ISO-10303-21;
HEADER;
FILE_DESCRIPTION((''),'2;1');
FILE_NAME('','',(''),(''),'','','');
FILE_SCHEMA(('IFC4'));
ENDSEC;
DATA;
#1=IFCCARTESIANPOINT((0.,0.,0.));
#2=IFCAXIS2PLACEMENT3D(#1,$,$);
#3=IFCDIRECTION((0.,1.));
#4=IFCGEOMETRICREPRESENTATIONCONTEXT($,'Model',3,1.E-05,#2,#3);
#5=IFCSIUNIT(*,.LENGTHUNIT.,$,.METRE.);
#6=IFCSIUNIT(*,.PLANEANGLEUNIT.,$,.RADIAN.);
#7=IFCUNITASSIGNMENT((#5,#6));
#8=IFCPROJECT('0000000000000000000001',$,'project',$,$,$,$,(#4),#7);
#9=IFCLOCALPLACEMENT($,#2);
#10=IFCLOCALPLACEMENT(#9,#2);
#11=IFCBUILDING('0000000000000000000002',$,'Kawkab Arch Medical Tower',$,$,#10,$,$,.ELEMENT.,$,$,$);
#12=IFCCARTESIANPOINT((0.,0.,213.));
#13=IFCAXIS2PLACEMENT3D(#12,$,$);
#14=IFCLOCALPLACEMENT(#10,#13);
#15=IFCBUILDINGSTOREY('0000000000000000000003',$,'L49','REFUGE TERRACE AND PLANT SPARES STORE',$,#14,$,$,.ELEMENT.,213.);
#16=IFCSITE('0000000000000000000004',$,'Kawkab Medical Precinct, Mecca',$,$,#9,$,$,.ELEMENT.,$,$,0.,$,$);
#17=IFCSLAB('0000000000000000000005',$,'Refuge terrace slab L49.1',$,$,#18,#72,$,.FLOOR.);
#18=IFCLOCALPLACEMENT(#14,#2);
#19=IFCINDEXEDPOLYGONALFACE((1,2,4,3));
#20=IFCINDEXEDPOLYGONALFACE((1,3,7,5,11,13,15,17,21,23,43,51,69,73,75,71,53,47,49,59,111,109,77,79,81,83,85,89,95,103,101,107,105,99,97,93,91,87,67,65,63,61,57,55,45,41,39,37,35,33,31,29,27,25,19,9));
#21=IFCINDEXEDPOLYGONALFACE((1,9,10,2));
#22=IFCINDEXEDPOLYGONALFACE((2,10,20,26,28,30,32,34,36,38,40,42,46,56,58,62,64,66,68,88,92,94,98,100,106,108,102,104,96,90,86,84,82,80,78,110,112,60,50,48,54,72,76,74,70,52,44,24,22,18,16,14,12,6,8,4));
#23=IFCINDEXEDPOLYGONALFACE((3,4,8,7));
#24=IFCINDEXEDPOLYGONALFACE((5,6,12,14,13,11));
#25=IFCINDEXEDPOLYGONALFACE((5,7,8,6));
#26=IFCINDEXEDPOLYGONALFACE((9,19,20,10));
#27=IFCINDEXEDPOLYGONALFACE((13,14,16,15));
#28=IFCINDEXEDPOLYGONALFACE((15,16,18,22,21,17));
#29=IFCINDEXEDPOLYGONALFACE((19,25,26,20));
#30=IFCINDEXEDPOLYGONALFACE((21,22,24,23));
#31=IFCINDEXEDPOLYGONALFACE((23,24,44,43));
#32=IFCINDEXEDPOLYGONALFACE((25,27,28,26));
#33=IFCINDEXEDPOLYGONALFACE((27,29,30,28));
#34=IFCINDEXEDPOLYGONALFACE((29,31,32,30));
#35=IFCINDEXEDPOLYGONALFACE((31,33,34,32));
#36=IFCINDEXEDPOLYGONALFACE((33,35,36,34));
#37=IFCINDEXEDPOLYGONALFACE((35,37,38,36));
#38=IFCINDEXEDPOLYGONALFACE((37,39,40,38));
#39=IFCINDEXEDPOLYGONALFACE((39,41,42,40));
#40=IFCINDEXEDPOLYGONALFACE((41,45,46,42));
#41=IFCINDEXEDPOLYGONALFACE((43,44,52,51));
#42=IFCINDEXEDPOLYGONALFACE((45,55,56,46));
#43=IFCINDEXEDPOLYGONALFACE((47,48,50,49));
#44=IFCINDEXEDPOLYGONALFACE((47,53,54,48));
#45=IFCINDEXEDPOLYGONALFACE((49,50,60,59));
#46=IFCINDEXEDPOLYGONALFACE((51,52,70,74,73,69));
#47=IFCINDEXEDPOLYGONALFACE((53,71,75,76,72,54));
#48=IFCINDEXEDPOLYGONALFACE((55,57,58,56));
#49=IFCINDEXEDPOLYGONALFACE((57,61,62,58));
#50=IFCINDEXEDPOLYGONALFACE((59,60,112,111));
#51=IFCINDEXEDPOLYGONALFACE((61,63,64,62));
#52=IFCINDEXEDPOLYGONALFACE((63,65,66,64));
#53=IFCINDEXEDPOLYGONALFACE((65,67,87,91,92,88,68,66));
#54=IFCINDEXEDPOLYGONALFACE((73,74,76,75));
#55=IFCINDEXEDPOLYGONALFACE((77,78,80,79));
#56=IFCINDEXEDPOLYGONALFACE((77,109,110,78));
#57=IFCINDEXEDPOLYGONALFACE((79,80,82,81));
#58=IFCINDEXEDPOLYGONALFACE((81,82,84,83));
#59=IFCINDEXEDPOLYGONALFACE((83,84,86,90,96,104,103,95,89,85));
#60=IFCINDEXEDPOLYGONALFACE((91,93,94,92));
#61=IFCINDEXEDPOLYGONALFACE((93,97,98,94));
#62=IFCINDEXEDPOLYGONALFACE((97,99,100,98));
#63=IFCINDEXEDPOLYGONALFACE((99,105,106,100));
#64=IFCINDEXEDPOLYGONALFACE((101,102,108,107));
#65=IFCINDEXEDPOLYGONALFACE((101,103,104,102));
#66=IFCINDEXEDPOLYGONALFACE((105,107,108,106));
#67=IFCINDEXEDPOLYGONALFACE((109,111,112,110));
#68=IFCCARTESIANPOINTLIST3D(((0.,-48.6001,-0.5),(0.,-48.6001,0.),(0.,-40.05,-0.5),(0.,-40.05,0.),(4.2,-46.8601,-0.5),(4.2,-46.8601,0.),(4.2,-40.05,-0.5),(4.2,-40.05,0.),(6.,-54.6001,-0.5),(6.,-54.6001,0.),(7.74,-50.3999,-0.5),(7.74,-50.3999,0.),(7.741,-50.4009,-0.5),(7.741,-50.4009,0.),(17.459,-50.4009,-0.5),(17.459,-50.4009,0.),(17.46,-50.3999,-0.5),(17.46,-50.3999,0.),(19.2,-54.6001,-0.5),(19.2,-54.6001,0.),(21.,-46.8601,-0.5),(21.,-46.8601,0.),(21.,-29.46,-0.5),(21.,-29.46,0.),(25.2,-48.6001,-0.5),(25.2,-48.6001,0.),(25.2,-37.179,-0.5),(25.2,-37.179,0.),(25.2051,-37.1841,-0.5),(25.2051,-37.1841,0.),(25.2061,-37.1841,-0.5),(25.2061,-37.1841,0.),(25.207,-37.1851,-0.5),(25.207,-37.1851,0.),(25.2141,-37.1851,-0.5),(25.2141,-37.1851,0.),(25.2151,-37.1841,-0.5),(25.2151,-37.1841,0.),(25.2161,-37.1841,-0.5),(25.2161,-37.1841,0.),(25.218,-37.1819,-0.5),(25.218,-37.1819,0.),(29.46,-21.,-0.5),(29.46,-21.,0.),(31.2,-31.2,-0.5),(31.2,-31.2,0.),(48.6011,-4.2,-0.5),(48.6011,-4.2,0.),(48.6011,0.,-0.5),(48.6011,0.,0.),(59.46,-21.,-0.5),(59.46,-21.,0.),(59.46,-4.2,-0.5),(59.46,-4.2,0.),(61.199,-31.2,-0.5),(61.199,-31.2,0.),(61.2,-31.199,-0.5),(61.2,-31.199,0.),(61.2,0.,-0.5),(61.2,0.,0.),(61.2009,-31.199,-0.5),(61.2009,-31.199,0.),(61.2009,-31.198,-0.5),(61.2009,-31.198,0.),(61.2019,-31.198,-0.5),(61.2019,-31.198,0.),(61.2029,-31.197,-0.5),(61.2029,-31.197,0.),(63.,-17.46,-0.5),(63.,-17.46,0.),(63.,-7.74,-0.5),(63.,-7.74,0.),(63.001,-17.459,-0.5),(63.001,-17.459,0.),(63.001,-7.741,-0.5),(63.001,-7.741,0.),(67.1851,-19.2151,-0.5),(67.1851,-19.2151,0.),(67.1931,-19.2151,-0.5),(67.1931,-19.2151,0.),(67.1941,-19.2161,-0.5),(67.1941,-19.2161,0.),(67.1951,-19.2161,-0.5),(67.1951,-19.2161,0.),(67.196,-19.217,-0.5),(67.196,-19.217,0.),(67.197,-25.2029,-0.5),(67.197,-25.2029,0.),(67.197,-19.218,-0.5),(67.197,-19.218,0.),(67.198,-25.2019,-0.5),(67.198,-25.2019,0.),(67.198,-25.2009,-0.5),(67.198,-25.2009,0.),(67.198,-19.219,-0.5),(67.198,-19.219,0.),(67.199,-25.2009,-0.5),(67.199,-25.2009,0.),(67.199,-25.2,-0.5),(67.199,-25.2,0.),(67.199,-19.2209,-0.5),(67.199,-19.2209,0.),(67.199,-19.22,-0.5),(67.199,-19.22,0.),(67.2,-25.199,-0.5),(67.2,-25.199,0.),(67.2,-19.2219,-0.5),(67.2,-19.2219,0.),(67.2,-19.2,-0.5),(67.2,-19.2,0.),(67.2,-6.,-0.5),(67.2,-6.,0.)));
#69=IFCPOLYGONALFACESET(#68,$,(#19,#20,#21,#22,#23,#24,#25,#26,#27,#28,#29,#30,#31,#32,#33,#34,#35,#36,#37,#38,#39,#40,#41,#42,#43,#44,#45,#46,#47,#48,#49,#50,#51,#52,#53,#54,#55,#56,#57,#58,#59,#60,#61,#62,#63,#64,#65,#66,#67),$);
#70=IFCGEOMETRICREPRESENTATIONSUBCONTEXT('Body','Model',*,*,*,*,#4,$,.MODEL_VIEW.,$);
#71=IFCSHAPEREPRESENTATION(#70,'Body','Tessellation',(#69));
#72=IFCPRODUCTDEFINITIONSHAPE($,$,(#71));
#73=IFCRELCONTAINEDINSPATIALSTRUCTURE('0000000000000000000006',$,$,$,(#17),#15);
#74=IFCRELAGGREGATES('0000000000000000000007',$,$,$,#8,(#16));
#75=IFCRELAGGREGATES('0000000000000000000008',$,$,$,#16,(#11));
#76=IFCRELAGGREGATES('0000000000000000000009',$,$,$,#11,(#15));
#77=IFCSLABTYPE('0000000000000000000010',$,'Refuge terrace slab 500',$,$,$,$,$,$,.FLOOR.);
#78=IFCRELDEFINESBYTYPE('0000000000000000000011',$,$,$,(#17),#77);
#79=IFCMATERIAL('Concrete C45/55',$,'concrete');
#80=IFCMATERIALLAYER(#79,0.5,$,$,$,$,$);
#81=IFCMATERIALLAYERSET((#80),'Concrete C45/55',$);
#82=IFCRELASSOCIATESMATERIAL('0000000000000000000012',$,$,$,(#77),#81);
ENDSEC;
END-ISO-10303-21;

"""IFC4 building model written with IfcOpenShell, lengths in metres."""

from ifc_helpers import new_model, si_unit, direction, frame, origin, place, context, subcontext, project, spatial, polyline, outline, extrude, material, layer, layer_set, type_object, element, save


model = new_model("IFC4")

# Units and contexts
model_context = context("Model", 3, precision=1e-05, world=origin(), true_north=direction((0.0, 1.0)))
body_context = subcontext(model_context, "Body", "Model", "MODEL_VIEW")
ifc_project = project(units=[si_unit("LENGTHUNIT", "METRE"), si_unit("PLANEANGLEUNIT", "RADIAN")], contexts=[model_context])

# Site, building, storey
site_placement = place(None, origin())
site = spatial("IfcSite", under=ifc_project, at=site_placement, Name="Kawkab Medical Precinct, Mecca", CompositionType="ELEMENT", RefElevation=0.0)
building_placement = place(site_placement, origin())
building = spatial("IfcBuilding", under=site, at=building_placement, Name="Kawkab Arch Medical Tower", CompositionType="ELEMENT")
storey_placement = place(building_placement, frame((0.0, 0.0, 213.0)))
storey = spatial("IfcBuildingStorey", under=building, at=storey_placement, Name="L49", Description="REFUGE TERRACE AND PLANT SPARES STORE", CompositionType="ELEMENT", Elevation=213.0)

# Slab
ifc_material_1 = material(Name="Concrete C45/55", Category="concrete")
ifc_layer_1 = layer(ifc_material_1, 0.5)
ifc_layer_set_1 = layer_set([ifc_layer_1], Name="Concrete C45/55")
slab_type_1 = type_object("IfcSlabType", Name="Refuge terrace slab 500", PredefinedType="FLOOR", material=ifc_layer_set_1)
placement_1 = place(storey_placement, frame((0.0, 0.0, -0.5)))
element("IfcSlab", 1, at=placement_1, inside=storey, type_object=slab_type_1, Name="Refuge terrace slab L49.1", PredefinedType="FLOOR", context=body_context, shape_type="SweptSolid", body=[
    extrude(outline(polyline([(0.0, -40.05), (0.0, -40.05), (4.2, -40.05), (4.2, -40.05), (4.2, -40.05), (4.2, -46.8601), (7.74, -50.3999), (7.741, -50.4009), (17.459, -50.4009), (17.46, -50.3999), (21.0, -46.8601), (21.0, -29.46), (21.0, -29.46), (21.0, -29.46), (29.46, -21.0), (29.46, -21.0), (29.46, -21.0), (59.46, -21.0), (63.0, -17.46), (63.001, -17.459), (63.001, -7.741), (63.0, -7.74), (59.46, -4.2), (48.6011, -4.2), (48.6011, -4.2), (48.6011, -4.2), (48.6011, 0.0), (48.6011, 0.0), (48.6011, 0.0), (61.2, 0.0), (61.2, 0.0), (61.2, 0.0), (67.2, -6.0), (67.2, -6.0), (67.2, -6.0), (67.2, -19.2), (67.2, -19.2), (67.2, -19.2), (67.1851, -19.2151), (67.1931, -19.2151), (67.1931, -19.2151), (67.1931, -19.2151), (67.1941, -19.2161), (67.1951, -19.2161), (67.1951, -19.2161), (67.196, -19.217), (67.197, -19.218), (67.198, -19.219), (67.199, -19.22), (67.199, -19.22), (67.199, -19.2209), (67.2, -19.2219), (67.2, -19.2219), (67.2, -19.2219), (67.2, -25.199), (67.2, -25.199), (67.2, -25.199), (67.199, -25.2), (67.199, -25.2009), (67.198, -25.2009), (67.198, -25.2019), (67.198, -25.2019), (67.197, -25.2029), (61.2029, -31.197), (61.2019, -31.198), (61.2019, -31.198), (61.2009, -31.198), (61.2009, -31.199), (61.2, -31.199), (61.199, -31.2), (61.199, -31.2), (61.199, -31.2), (31.2, -31.2), (25.218, -37.1819), (25.2161, -37.1841), (25.2161, -37.1841), (25.2151, -37.1841), (25.2141, -37.1851), (25.2141, -37.1851), (25.2141, -37.1851), (25.207, -37.1851), (25.207, -37.1851), (25.207, -37.1851), (25.2061, -37.1841), (25.2051, -37.1841), (25.2, -37.179), (25.2, -48.6001), (25.2, -48.6001), (25.2, -48.6001), (19.2, -54.6001), (19.2, -54.6001), (19.2, -54.6001), (6.0, -54.6001), (6.0, -54.6001), (6.0, -54.6001), (0.0, -48.6001), (0.0, -48.6001), (0.0, -48.6001), (0.0, -40.05), (0.0, -40.05)])), origin(), (0.0, 0.0, 1.0), 0.5),
])

save(model, "model.ifc")
